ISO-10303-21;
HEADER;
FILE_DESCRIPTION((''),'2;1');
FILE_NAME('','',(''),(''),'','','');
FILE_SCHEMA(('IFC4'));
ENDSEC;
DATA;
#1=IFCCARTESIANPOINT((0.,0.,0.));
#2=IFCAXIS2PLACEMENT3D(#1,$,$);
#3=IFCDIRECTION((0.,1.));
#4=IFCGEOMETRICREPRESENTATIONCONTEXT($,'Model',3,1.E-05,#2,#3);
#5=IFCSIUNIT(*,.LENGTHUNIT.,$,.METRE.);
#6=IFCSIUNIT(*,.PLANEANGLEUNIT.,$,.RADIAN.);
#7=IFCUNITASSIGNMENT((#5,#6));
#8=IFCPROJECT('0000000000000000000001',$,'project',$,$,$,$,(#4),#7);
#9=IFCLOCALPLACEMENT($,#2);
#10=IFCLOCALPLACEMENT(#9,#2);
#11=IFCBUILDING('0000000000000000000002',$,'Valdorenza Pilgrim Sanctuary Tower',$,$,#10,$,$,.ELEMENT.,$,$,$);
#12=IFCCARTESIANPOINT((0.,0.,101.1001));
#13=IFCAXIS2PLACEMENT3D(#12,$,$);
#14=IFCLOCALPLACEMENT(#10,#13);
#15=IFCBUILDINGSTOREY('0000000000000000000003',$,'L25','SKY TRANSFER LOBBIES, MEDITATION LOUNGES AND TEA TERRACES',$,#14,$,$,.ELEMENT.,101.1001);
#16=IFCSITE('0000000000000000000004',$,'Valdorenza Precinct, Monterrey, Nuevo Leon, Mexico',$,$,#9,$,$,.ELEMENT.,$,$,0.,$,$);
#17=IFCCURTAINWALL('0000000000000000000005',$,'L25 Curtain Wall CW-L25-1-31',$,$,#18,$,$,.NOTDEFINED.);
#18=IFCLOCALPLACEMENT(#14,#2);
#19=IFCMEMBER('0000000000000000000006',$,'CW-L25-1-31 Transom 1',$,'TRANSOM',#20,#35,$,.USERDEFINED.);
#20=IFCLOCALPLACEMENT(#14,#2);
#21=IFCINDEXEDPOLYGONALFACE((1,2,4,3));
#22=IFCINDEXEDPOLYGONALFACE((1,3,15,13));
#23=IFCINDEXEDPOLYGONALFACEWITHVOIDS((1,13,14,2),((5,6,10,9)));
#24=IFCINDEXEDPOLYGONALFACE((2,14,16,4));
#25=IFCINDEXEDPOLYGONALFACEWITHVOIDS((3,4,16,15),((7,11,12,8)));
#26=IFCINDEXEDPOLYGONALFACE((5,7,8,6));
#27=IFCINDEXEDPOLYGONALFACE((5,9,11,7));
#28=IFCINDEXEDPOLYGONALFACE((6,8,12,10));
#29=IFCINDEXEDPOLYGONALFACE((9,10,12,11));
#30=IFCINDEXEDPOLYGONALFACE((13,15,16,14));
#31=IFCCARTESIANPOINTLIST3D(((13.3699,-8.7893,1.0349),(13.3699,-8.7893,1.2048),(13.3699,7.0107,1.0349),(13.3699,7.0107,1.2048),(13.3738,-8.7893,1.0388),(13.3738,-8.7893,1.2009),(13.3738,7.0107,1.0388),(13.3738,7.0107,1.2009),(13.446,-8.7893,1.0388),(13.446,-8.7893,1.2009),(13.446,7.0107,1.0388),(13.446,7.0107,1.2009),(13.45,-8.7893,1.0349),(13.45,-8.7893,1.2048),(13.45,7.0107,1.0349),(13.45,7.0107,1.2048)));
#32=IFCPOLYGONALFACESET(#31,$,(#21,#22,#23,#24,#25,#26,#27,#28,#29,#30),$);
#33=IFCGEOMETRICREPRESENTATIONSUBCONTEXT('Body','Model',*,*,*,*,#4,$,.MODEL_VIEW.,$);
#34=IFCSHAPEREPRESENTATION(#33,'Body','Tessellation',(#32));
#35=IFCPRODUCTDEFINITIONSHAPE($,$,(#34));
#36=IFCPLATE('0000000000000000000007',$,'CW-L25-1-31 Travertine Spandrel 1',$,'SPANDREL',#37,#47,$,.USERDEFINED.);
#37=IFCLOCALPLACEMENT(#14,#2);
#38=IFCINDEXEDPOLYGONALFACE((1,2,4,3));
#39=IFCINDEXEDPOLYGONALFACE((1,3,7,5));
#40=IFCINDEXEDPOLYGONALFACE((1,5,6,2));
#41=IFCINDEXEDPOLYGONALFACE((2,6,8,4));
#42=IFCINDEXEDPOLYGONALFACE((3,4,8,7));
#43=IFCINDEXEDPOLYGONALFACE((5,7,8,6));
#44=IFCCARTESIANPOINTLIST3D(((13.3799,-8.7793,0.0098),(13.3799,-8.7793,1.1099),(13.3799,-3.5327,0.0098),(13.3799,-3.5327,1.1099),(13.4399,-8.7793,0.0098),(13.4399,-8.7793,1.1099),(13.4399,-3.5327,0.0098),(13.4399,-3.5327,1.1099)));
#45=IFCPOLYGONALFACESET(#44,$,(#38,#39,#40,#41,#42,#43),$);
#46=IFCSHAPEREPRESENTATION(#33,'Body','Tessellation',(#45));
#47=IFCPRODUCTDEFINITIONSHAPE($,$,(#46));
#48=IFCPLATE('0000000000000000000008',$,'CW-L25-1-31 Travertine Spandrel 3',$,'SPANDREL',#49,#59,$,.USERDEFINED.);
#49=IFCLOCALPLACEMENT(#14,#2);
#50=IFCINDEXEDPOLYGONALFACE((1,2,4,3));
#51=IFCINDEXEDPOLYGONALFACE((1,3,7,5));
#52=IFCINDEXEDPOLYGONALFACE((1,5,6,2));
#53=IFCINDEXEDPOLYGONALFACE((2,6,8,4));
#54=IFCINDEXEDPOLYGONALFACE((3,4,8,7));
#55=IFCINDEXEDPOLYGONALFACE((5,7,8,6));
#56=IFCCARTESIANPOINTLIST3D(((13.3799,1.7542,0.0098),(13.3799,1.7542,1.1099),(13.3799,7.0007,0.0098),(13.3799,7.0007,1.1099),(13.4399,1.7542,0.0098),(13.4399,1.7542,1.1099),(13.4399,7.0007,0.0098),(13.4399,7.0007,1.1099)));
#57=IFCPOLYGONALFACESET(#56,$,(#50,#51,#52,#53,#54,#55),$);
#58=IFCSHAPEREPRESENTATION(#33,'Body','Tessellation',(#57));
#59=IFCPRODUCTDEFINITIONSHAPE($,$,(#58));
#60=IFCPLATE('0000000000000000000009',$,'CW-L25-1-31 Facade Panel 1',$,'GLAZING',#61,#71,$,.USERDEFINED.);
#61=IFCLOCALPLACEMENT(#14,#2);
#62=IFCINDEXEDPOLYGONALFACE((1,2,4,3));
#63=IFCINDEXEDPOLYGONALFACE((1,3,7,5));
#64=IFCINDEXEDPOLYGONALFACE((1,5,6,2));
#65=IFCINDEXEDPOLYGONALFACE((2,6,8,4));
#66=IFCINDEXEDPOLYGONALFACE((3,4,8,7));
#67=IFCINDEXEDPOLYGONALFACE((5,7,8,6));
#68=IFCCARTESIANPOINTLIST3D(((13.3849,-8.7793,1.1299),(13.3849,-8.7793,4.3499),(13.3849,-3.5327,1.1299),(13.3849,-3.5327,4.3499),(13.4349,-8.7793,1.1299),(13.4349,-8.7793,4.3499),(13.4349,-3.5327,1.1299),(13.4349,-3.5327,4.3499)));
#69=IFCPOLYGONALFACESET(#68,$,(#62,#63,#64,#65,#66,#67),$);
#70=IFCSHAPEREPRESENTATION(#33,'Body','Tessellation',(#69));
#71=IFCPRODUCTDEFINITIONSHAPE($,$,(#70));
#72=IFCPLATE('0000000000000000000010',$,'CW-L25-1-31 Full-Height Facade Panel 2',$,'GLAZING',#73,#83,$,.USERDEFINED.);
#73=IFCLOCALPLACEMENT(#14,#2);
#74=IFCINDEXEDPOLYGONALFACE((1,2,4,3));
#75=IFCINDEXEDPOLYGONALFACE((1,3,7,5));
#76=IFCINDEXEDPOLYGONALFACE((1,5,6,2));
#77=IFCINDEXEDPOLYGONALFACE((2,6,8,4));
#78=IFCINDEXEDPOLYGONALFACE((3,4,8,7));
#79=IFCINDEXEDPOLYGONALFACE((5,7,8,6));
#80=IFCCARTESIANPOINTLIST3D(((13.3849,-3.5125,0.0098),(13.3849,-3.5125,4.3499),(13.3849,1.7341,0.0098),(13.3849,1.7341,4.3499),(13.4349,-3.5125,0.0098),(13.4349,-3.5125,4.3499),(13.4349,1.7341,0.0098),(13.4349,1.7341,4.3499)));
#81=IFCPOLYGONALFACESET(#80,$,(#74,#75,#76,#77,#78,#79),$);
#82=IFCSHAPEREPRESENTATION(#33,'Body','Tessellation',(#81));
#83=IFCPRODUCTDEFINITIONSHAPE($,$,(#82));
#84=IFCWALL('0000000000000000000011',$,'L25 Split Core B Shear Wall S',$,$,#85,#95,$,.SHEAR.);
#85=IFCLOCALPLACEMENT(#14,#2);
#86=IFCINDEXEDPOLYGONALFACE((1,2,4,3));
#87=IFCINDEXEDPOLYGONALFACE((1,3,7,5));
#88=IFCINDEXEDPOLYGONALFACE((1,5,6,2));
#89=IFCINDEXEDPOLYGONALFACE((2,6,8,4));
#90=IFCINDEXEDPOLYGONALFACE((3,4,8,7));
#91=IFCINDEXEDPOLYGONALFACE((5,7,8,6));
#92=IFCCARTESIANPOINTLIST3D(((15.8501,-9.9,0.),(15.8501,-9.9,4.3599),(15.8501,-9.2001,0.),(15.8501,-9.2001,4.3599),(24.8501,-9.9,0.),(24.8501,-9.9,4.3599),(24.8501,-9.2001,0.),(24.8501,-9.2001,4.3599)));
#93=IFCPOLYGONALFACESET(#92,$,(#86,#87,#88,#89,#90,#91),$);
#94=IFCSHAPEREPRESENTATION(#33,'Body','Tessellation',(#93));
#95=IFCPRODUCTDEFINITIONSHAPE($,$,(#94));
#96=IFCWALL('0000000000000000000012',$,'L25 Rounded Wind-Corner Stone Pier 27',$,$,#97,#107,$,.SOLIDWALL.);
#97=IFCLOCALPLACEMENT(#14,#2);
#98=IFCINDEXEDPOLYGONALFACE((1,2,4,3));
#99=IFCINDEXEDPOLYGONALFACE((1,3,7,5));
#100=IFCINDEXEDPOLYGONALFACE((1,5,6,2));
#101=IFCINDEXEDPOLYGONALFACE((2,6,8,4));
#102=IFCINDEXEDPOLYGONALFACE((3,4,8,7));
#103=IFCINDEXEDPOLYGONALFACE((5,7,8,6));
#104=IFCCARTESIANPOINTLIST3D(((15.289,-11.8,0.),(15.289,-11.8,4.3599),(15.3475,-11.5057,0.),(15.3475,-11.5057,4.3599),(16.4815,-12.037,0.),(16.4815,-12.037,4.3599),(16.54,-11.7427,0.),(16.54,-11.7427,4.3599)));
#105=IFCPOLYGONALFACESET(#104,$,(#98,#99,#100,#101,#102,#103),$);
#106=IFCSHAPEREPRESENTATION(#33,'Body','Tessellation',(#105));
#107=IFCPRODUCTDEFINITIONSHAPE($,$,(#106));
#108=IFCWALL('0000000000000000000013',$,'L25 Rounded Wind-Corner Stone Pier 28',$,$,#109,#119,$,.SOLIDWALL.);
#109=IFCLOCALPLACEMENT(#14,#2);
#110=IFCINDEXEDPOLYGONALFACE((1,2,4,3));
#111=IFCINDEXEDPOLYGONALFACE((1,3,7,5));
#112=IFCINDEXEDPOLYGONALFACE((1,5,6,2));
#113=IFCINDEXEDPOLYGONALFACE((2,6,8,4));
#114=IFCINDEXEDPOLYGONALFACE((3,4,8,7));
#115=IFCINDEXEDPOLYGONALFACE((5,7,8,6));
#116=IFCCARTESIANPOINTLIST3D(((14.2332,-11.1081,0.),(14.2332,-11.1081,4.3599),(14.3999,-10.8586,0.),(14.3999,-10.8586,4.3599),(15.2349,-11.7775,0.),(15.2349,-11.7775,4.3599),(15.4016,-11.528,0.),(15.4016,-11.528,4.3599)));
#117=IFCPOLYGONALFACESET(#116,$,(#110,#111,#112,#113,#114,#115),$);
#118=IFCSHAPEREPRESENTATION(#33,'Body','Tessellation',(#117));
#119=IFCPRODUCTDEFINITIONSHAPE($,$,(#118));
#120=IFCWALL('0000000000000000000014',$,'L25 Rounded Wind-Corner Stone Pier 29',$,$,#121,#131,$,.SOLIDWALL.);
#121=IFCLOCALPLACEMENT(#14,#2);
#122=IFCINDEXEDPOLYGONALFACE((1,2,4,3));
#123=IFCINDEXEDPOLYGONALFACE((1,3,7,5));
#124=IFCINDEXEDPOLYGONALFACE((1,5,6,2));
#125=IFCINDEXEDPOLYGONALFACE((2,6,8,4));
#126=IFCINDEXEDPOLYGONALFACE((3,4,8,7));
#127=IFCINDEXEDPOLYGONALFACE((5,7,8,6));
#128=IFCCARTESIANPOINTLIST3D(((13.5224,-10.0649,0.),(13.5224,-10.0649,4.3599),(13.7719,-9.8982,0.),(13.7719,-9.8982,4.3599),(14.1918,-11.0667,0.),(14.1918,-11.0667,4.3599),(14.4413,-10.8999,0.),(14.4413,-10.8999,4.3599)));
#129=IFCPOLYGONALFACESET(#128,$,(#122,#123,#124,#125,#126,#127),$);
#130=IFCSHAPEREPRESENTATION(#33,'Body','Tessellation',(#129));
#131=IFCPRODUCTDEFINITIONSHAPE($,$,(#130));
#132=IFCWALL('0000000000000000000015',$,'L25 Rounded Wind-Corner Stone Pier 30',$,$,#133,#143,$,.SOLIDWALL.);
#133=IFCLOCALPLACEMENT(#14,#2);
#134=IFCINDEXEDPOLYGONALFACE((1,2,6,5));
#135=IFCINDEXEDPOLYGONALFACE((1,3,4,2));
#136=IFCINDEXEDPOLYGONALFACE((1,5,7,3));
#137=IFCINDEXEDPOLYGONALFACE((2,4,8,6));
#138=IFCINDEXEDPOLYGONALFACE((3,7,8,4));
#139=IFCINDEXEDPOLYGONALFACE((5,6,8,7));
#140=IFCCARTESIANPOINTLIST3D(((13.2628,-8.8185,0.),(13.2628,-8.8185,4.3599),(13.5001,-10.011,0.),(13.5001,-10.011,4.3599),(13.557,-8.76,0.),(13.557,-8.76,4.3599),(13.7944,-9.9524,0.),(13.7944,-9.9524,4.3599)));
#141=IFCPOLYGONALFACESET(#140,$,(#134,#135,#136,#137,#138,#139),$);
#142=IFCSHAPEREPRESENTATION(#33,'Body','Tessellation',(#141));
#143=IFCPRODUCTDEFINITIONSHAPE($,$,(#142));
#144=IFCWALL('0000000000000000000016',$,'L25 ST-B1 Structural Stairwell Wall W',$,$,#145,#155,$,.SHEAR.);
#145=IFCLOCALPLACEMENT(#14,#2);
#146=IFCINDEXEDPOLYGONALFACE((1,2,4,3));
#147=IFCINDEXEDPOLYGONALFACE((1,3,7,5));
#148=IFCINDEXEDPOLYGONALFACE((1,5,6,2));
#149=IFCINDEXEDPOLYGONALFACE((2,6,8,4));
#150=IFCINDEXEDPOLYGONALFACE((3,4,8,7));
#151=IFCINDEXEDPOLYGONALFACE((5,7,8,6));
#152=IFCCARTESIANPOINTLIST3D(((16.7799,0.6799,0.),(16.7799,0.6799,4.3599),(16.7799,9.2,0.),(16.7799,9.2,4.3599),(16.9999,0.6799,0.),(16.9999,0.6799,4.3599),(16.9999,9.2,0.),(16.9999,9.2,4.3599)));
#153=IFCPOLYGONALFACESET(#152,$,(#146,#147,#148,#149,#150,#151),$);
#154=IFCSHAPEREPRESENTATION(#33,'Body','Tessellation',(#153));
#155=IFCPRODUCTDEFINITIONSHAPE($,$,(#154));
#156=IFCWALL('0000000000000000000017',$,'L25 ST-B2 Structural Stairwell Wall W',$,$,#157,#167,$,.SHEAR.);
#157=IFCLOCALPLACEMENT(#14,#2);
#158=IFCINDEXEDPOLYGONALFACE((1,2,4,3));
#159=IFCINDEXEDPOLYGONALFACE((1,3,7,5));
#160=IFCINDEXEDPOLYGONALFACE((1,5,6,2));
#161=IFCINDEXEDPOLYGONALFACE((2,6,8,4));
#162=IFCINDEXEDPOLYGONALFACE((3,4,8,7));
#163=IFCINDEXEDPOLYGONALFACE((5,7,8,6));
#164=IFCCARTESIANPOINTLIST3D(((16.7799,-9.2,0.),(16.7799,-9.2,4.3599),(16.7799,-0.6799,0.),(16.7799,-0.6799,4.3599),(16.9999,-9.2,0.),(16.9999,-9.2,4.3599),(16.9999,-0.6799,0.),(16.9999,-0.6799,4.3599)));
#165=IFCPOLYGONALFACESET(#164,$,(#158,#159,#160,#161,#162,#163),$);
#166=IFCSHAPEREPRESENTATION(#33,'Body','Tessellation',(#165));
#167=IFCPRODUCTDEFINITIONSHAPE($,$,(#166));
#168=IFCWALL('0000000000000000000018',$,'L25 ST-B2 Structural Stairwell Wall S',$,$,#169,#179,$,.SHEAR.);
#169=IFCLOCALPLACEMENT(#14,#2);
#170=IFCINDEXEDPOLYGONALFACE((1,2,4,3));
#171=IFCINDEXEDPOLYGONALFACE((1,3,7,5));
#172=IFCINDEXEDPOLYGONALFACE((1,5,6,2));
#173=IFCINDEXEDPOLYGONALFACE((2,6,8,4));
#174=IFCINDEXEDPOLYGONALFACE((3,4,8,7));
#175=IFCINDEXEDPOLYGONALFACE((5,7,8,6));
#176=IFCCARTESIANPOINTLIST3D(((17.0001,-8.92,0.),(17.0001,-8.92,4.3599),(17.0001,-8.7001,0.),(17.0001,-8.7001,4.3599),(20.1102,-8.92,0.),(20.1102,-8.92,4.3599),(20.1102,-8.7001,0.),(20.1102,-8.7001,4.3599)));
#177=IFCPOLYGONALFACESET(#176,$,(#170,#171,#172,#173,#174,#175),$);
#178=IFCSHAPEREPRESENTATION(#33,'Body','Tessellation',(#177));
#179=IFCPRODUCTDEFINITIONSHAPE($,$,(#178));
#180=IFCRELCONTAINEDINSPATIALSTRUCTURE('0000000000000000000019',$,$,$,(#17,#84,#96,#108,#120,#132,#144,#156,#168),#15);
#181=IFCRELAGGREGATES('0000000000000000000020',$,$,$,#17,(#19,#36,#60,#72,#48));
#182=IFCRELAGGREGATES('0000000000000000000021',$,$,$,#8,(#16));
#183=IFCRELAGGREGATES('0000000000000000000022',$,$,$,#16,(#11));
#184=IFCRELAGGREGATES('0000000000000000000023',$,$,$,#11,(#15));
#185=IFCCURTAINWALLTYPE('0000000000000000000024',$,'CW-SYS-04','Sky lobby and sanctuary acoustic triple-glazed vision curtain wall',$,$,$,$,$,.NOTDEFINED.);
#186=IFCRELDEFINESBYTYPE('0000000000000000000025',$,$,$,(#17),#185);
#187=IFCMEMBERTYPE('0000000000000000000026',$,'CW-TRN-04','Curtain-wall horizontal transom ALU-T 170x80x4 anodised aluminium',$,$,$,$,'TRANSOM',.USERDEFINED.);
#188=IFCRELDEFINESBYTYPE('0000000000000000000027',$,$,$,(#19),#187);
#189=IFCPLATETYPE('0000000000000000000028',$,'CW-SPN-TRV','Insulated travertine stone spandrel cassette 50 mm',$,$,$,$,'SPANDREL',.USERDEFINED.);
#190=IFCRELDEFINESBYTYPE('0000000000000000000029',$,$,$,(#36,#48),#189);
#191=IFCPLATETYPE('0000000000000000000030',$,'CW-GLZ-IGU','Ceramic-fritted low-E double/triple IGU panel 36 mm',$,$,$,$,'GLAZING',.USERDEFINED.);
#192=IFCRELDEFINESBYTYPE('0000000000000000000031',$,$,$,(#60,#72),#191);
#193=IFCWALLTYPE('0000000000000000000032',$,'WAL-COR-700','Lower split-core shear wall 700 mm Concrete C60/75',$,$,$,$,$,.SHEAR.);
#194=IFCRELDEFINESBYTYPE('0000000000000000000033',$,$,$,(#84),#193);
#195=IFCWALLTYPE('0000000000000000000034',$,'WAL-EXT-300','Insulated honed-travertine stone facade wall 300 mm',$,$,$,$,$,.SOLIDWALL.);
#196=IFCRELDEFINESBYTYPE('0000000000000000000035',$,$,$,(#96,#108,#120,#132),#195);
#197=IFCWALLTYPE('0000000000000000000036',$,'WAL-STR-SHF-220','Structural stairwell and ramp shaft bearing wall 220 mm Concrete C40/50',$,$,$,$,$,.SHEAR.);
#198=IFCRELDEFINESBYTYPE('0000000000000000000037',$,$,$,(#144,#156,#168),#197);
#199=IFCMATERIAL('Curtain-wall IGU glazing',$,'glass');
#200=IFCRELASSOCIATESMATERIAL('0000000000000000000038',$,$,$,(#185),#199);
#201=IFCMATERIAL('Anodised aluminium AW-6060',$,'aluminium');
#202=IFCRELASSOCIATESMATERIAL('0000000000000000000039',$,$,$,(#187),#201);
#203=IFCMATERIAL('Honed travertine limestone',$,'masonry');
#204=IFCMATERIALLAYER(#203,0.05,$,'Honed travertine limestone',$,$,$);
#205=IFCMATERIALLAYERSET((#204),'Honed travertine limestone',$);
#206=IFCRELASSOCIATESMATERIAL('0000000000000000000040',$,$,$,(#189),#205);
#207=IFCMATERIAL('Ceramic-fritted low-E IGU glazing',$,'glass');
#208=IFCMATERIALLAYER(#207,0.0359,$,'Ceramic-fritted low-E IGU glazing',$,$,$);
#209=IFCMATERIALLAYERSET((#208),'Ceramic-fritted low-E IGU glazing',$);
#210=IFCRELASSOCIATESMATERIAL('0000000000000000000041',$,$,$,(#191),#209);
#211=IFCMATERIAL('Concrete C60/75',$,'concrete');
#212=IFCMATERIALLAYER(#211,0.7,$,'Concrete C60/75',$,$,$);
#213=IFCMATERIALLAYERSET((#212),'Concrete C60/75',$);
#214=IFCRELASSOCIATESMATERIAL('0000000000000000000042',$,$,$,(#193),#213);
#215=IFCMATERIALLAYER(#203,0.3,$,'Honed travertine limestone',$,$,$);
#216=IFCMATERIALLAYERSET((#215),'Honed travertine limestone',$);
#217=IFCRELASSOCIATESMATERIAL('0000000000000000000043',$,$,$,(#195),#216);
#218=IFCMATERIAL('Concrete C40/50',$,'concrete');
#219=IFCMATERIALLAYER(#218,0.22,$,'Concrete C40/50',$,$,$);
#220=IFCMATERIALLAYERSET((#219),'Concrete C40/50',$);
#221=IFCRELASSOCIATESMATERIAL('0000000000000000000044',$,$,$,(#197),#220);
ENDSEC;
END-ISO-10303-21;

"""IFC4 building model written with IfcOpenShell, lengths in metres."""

from ifc_helpers import new_model, si_unit, direction, frame, frame_2d, origin, origin_2d, place, context, subcontext, project, spatial, rectangle, hollow_rectangle, extrude, source, transform, mapped, material, layer, layer_set, material_profile, profile_set, type_object, element, aggregate, save


model = new_model("IFC4")

# Units and contexts
model_context = context("Model", 3, precision=1e-05, world=origin(), true_north=direction((0.0, 1.0)))
body_context = subcontext(model_context, "Body", "Model", "MODEL_VIEW")
ifc_project = project(units=[si_unit("LENGTHUNIT", "METRE"), si_unit("PLANEANGLEUNIT", "RADIAN")], contexts=[model_context])

# Site, building, storey
site_placement = place(None, origin())
site = spatial("IfcSite", under=ifc_project, at=site_placement, Name="Valdorenza Precinct, Monterrey, Nuevo Leon, Mexico", CompositionType="ELEMENT", RefElevation=0.0)
building_placement = place(site_placement, origin())
building = spatial("IfcBuilding", under=site, at=building_placement, Name="Valdorenza Pilgrim Sanctuary Tower", CompositionType="ELEMENT")
storey_placement = place(building_placement, frame((0.0, 0.0, 101.1001)))
storey = spatial("IfcBuildingStorey", under=building, at=storey_placement, Name="L25", Description="SKY TRANSFER LOBBIES, MEDITATION LOUNGES AND TEA TERRACES", CompositionType="ELEMENT", Elevation=101.1001)

# Shared definitions
ifc_material_1 = material(Name="Concrete C60/75", Category="concrete")

# Shared definitions
ifc_material_2 = material(Name="Curtain-wall IGU glazing", Category="glass")
curtain_wall_type = type_object("IfcCurtainWallType", Name="CW-SYS-04", Description="Sky lobby and sanctuary acoustic triple-glazed vision curtain wall", PredefinedType="NOTDEFINED", material=ifc_material_2)
ifc_material_3 = material(Name="Anodised aluminium AW-6060", Category="aluminium")

# Curtain wall, member, plates
curtain_wall_1_placement = place(storey_placement, origin())
curtain_wall_1 = element("IfcCurtainWall", 1, at=curtain_wall_1_placement, inside=storey, type_object=curtain_wall_type, Name="L25 Curtain Wall CW-L25-1-31", PredefinedType="NOTDEFINED")
ifc_material_profile_1 = material_profile(ifc_material_3, hollow_rectangle(XDim=0.0801, YDim=0.1699, WallThickness=0.0039, at=origin_2d()), Name="ALU-T 170x80x4")
ifc_profile_set_1 = profile_set([ifc_material_profile_1], Name="Anodised aluminium AW-6060")
member_type_1 = type_object("IfcMemberType", Name="CW-TRN-04", Description="Curtain-wall horizontal transom ALU-T 170x80x4 anodised aluminium", ElementType="TRANSOM", PredefinedType="USERDEFINED", material=ifc_profile_set_1)
shared_shape_1 = source(origin(), body_context, "Body", "SweptSolid", [
    extrude(hollow_rectangle(XDim=0.0801, YDim=0.1699, WallThickness=0.0039, at=origin_2d()), origin(), (0.0, 0.0, 1.0), 15.8),
])
member_1_placement = place(storey_placement, frame((13.4099, -8.7893, 1.1199), z_axis=(0.0, 1.0, 0.0), x_axis=(-1.0, 0.0, 0.0)))
member_1 = element("IfcMember", 2, at=member_1_placement, type_object=member_type_1, Name="CW-L25-1-31 Transom 1", ObjectType="TRANSOM", PredefinedType="USERDEFINED", context=body_context, shape_type="MappedRepresentation", body=[
    mapped(shared_shape_1, transform((0.0, 0.0, 0.0), x_axis=(1.0, 0.0, 0.0), y_axis=(0.0, 1.0, 0.0), z_axis=(0.0, 0.0, 1.0), scale=1.0)),
])
ifc_material_4 = material(Name="Honed travertine limestone", Category="masonry")
ifc_layer_1 = layer(ifc_material_4, 0.05, Name="Honed travertine limestone")
ifc_layer_set_1 = layer_set([ifc_layer_1], Name="Honed travertine limestone")
plate_type_1 = type_object("IfcPlateType", Name="CW-SPN-TRV", Description="Insulated travertine stone spandrel cassette 50 mm", ElementType="SPANDREL", PredefinedType="USERDEFINED", material=ifc_layer_set_1)
shared_shape_2 = source(origin(), body_context, "Body", "SweptSolid", [
    extrude(rectangle(XDim=5.2466, YDim=0.0601, at=origin_2d()), origin(), (0.0, 0.0, 1.0), 1.1001),
])
plate_1_placement = place(storey_placement, frame((13.4099, -6.156, 0.0098), z_axis=(0.0, 0.0, 1.0), x_axis=(0.0, 1.0, 0.0)))
plate_1 = element("IfcPlate", 3, at=plate_1_placement, type_object=plate_type_1, Name="CW-L25-1-31 Travertine Spandrel 1", ObjectType="SPANDREL", PredefinedType="USERDEFINED", context=body_context, shape_type="MappedRepresentation", body=[
    mapped(shared_shape_2, transform((0.0, 0.0, 0.0), x_axis=(1.0, 0.0, 0.0), y_axis=(0.0, 1.0, 0.0), z_axis=(0.0, 0.0, 1.0), scale=1.0)),
])
plate_2_placement = place(storey_placement, frame((13.4099, 4.3774, 0.0098), z_axis=(0.0, 0.0, 1.0), x_axis=(0.0, 1.0, 0.0)))
plate_2 = element("IfcPlate", 4, at=plate_2_placement, type_object=plate_type_1, Name="CW-L25-1-31 Travertine Spandrel 3", ObjectType="SPANDREL", PredefinedType="USERDEFINED", context=body_context, shape_type="MappedRepresentation", body=[
    mapped(shared_shape_2, transform((0.0, 0.0, 0.0), x_axis=(1.0, 0.0, 0.0), y_axis=(0.0, 1.0, 0.0), z_axis=(0.0, 0.0, 1.0), scale=1.0)),
])
ifc_material_5 = material(Name="Ceramic-fritted low-E IGU glazing", Category="glass")
ifc_layer_2 = layer(ifc_material_5, 0.0359, Name="Ceramic-fritted low-E IGU glazing")
ifc_layer_set_2 = layer_set([ifc_layer_2], Name="Ceramic-fritted low-E IGU glazing")
plate_type_2 = type_object("IfcPlateType", Name="CW-GLZ-IGU", Description="Ceramic-fritted low-E double/triple IGU panel 36 mm", ElementType="GLAZING", PredefinedType="USERDEFINED", material=ifc_layer_set_2)
shared_shape_3 = source(origin(), body_context, "Body", "SweptSolid", [
    extrude(rectangle(XDim=5.2466, YDim=0.05, at=origin_2d()), origin(), (0.0, 0.0, 1.0), 3.22),
])
plate_3_placement = place(storey_placement, frame((13.4099, -6.156, 1.1299), z_axis=(0.0, 0.0, 1.0), x_axis=(0.0, 1.0, 0.0)))
plate_3 = element("IfcPlate", 5, at=plate_3_placement, type_object=plate_type_2, Name="CW-L25-1-31 Facade Panel 1", ObjectType="GLAZING", PredefinedType="USERDEFINED", context=body_context, shape_type="MappedRepresentation", body=[
    mapped(shared_shape_3, transform((0.0, 0.0, 0.0), x_axis=(1.0, 0.0, 0.0), y_axis=(0.0, 1.0, 0.0), z_axis=(0.0, 0.0, 1.0), scale=1.0)),
])
shared_shape_4 = source(origin(), body_context, "Body", "SweptSolid", [
    extrude(rectangle(XDim=5.2466, YDim=0.05, at=origin_2d()), origin(), (0.0, 0.0, 1.0), 4.3401),
])
plate_4_placement = place(storey_placement, frame((13.4099, -0.8892, 0.0098), z_axis=(0.0, 0.0, 1.0), x_axis=(0.0, 1.0, 0.0)))
plate_4 = element("IfcPlate", 6, at=plate_4_placement, type_object=plate_type_2, Name="CW-L25-1-31 Full-Height Facade Panel 2", ObjectType="GLAZING", PredefinedType="USERDEFINED", context=body_context, shape_type="MappedRepresentation", body=[
    mapped(shared_shape_4, transform((0.0, 0.0, 0.0), x_axis=(1.0, 0.0, 0.0), y_axis=(0.0, 1.0, 0.0), z_axis=(0.0, 0.0, 1.0), scale=1.0)),
])
aggregate(curtain_wall_1, [member_1, plate_1, plate_3, plate_4, plate_2])

# Walls
ifc_layer_3 = layer(ifc_material_1, 0.7, Name="Concrete C60/75")
ifc_layer_set_3 = layer_set([ifc_layer_3], Name="Concrete C60/75")
wall_type_1 = type_object("IfcWallType", Name="WAL-COR-700", Description="Lower split-core shear wall 700 mm Concrete C60/75", PredefinedType="SHEAR", material=ifc_layer_set_3)
wall_1_placement = place(storey_placement, frame((15.8501, -9.55, 0.0), z_axis=(0.0, 0.0, 1.0), x_axis=(1.0, 0.0, 0.0)))
element("IfcWall", 7, at=wall_1_placement, inside=storey, type_object=wall_type_1, Name="L25 Split Core B Shear Wall S", PredefinedType="SHEAR", context=body_context, shape_type="SweptSolid", body=[
    extrude(rectangle(XDim=9.0, YDim=0.7, at=frame_2d((4.5, 0.0))), origin(), (0.0, 0.0, 1.0), 4.3599),
])
ifc_layer_4 = layer(ifc_material_4, 0.3, Name="Honed travertine limestone")
ifc_layer_set_4 = layer_set([ifc_layer_4], Name="Honed travertine limestone")
wall_type_2 = type_object("IfcWallType", Name="WAL-EXT-300", Description="Insulated honed-travertine stone facade wall 300 mm", PredefinedType="SOLIDWALL", material=ifc_layer_set_4)
wall_2_placement = place(storey_placement, frame((16.5107, -11.8899, 0.0), z_axis=(0.0, 0.0, 1.0), x_axis=(-0.980804, 0.194996, 0.0)))
element("IfcWall", 8, at=wall_2_placement, inside=storey, type_object=wall_type_2, Name="L25 Rounded Wind-Corner Stone Pier 27", PredefinedType="SOLIDWALL", context=body_context, shape_type="SweptSolid", body=[
    extrude(rectangle(XDim=1.2158, YDim=0.3, at=frame_2d((0.6079, 0.0))), origin(), (0.0, 0.0, 1.0), 4.3599),
])
for number, where, z_axis, x_axis, name in (
    (9, (15.3184, -11.6528, 0.0), (0.0, 0.0, 1.0), (-0.831426, 0.555635, 0.0), "L25 Rounded Wind-Corner Stone Pier 28"),
    (10, (14.3167, -10.9834, 0.0), (0.0, 0.0, 1.0), (-0.555635, 0.831426, 0.0), "L25 Rounded Wind-Corner Stone Pier 29"),
):
    element("IfcWall", number, at=place(storey_placement, frame(where, z_axis=z_axis, x_axis=x_axis)), inside=storey, type_object=wall_type_2, Name=name, PredefinedType="SOLIDWALL", context=body_context, shape_type="SweptSolid", body=[
        extrude(rectangle(XDim=1.2048, YDim=0.3, at=frame_2d((0.6025, 0.0))), origin(), (0.0, 0.0, 1.0), 4.3599),
    ])
wall_3_placement = place(storey_placement, frame((13.6472, -9.9817, 0.0), z_axis=(0.0, 0.0, 1.0), x_axis=(-0.195189, 0.980766, 0.0)))
element("IfcWall", 11, at=wall_3_placement, inside=storey, type_object=wall_type_2, Name="L25 Rounded Wind-Corner Stone Pier 30", PredefinedType="SOLIDWALL", context=body_context, shape_type="SweptSolid", body=[
    extrude(rectangle(XDim=1.2158, YDim=0.3, at=frame_2d((0.6079, 0.0))), origin(), (0.0, 0.0, 1.0), 4.3599),
])
ifc_material_6 = material(Name="Concrete C40/50", Category="concrete")
ifc_layer_5 = layer(ifc_material_6, 0.22, Name="Concrete C40/50")
ifc_layer_set_5 = layer_set([ifc_layer_5], Name="Concrete C40/50")
wall_type_3 = type_object("IfcWallType", Name="WAL-STR-SHF-220", Description="Structural stairwell and ramp shaft bearing wall 220 mm Concrete C40/50", PredefinedType="SHEAR", material=ifc_layer_set_5)
wall_4_placement = place(storey_placement, frame((16.8899, 0.6799, 0.0), z_axis=(0.0, 0.0, 1.0), x_axis=(0.0, 1.0, 0.0)))
element("IfcWall", 12, at=wall_4_placement, inside=storey, type_object=wall_type_3, Name="L25 ST-B1 Structural Stairwell Wall W", PredefinedType="SHEAR", context=body_context, shape_type="SweptSolid", body=[
    extrude(rectangle(XDim=8.52, YDim=0.22, at=frame_2d((4.26, 0.0))), origin(), (0.0, 0.0, 1.0), 4.3599),
])

# Walls
wall_5_placement = place(storey_placement, frame((16.8899, -9.2, 0.0), z_axis=(0.0, 0.0, 1.0), x_axis=(0.0, 1.0, 0.0)))
element("IfcWall", 13, at=wall_5_placement, inside=storey, type_object=wall_type_3, Name="L25 ST-B2 Structural Stairwell Wall W", PredefinedType="SHEAR", context=body_context, shape_type="SweptSolid", body=[
    extrude(rectangle(XDim=8.52, YDim=0.22, at=frame_2d((4.26, 0.0))), origin(), (0.0, 0.0, 1.0), 4.3599),
])
wall_6_placement = place(storey_placement, frame((17.0, -8.8101, 0.0), z_axis=(0.0, 0.0, 1.0), x_axis=(1.0, 0.0, 0.0)))
element("IfcWall", 14, at=wall_6_placement, inside=storey, type_object=wall_type_3, Name="L25 ST-B2 Structural Stairwell Wall S", PredefinedType="SHEAR", context=body_context, shape_type="SweptSolid", body=[
    extrude(rectangle(XDim=3.1101, YDim=0.22, at=frame_2d((1.5552, 0.0))), origin(), (0.0, 0.0, 1.0), 4.3599),
])

save(model, "model.ifc")
